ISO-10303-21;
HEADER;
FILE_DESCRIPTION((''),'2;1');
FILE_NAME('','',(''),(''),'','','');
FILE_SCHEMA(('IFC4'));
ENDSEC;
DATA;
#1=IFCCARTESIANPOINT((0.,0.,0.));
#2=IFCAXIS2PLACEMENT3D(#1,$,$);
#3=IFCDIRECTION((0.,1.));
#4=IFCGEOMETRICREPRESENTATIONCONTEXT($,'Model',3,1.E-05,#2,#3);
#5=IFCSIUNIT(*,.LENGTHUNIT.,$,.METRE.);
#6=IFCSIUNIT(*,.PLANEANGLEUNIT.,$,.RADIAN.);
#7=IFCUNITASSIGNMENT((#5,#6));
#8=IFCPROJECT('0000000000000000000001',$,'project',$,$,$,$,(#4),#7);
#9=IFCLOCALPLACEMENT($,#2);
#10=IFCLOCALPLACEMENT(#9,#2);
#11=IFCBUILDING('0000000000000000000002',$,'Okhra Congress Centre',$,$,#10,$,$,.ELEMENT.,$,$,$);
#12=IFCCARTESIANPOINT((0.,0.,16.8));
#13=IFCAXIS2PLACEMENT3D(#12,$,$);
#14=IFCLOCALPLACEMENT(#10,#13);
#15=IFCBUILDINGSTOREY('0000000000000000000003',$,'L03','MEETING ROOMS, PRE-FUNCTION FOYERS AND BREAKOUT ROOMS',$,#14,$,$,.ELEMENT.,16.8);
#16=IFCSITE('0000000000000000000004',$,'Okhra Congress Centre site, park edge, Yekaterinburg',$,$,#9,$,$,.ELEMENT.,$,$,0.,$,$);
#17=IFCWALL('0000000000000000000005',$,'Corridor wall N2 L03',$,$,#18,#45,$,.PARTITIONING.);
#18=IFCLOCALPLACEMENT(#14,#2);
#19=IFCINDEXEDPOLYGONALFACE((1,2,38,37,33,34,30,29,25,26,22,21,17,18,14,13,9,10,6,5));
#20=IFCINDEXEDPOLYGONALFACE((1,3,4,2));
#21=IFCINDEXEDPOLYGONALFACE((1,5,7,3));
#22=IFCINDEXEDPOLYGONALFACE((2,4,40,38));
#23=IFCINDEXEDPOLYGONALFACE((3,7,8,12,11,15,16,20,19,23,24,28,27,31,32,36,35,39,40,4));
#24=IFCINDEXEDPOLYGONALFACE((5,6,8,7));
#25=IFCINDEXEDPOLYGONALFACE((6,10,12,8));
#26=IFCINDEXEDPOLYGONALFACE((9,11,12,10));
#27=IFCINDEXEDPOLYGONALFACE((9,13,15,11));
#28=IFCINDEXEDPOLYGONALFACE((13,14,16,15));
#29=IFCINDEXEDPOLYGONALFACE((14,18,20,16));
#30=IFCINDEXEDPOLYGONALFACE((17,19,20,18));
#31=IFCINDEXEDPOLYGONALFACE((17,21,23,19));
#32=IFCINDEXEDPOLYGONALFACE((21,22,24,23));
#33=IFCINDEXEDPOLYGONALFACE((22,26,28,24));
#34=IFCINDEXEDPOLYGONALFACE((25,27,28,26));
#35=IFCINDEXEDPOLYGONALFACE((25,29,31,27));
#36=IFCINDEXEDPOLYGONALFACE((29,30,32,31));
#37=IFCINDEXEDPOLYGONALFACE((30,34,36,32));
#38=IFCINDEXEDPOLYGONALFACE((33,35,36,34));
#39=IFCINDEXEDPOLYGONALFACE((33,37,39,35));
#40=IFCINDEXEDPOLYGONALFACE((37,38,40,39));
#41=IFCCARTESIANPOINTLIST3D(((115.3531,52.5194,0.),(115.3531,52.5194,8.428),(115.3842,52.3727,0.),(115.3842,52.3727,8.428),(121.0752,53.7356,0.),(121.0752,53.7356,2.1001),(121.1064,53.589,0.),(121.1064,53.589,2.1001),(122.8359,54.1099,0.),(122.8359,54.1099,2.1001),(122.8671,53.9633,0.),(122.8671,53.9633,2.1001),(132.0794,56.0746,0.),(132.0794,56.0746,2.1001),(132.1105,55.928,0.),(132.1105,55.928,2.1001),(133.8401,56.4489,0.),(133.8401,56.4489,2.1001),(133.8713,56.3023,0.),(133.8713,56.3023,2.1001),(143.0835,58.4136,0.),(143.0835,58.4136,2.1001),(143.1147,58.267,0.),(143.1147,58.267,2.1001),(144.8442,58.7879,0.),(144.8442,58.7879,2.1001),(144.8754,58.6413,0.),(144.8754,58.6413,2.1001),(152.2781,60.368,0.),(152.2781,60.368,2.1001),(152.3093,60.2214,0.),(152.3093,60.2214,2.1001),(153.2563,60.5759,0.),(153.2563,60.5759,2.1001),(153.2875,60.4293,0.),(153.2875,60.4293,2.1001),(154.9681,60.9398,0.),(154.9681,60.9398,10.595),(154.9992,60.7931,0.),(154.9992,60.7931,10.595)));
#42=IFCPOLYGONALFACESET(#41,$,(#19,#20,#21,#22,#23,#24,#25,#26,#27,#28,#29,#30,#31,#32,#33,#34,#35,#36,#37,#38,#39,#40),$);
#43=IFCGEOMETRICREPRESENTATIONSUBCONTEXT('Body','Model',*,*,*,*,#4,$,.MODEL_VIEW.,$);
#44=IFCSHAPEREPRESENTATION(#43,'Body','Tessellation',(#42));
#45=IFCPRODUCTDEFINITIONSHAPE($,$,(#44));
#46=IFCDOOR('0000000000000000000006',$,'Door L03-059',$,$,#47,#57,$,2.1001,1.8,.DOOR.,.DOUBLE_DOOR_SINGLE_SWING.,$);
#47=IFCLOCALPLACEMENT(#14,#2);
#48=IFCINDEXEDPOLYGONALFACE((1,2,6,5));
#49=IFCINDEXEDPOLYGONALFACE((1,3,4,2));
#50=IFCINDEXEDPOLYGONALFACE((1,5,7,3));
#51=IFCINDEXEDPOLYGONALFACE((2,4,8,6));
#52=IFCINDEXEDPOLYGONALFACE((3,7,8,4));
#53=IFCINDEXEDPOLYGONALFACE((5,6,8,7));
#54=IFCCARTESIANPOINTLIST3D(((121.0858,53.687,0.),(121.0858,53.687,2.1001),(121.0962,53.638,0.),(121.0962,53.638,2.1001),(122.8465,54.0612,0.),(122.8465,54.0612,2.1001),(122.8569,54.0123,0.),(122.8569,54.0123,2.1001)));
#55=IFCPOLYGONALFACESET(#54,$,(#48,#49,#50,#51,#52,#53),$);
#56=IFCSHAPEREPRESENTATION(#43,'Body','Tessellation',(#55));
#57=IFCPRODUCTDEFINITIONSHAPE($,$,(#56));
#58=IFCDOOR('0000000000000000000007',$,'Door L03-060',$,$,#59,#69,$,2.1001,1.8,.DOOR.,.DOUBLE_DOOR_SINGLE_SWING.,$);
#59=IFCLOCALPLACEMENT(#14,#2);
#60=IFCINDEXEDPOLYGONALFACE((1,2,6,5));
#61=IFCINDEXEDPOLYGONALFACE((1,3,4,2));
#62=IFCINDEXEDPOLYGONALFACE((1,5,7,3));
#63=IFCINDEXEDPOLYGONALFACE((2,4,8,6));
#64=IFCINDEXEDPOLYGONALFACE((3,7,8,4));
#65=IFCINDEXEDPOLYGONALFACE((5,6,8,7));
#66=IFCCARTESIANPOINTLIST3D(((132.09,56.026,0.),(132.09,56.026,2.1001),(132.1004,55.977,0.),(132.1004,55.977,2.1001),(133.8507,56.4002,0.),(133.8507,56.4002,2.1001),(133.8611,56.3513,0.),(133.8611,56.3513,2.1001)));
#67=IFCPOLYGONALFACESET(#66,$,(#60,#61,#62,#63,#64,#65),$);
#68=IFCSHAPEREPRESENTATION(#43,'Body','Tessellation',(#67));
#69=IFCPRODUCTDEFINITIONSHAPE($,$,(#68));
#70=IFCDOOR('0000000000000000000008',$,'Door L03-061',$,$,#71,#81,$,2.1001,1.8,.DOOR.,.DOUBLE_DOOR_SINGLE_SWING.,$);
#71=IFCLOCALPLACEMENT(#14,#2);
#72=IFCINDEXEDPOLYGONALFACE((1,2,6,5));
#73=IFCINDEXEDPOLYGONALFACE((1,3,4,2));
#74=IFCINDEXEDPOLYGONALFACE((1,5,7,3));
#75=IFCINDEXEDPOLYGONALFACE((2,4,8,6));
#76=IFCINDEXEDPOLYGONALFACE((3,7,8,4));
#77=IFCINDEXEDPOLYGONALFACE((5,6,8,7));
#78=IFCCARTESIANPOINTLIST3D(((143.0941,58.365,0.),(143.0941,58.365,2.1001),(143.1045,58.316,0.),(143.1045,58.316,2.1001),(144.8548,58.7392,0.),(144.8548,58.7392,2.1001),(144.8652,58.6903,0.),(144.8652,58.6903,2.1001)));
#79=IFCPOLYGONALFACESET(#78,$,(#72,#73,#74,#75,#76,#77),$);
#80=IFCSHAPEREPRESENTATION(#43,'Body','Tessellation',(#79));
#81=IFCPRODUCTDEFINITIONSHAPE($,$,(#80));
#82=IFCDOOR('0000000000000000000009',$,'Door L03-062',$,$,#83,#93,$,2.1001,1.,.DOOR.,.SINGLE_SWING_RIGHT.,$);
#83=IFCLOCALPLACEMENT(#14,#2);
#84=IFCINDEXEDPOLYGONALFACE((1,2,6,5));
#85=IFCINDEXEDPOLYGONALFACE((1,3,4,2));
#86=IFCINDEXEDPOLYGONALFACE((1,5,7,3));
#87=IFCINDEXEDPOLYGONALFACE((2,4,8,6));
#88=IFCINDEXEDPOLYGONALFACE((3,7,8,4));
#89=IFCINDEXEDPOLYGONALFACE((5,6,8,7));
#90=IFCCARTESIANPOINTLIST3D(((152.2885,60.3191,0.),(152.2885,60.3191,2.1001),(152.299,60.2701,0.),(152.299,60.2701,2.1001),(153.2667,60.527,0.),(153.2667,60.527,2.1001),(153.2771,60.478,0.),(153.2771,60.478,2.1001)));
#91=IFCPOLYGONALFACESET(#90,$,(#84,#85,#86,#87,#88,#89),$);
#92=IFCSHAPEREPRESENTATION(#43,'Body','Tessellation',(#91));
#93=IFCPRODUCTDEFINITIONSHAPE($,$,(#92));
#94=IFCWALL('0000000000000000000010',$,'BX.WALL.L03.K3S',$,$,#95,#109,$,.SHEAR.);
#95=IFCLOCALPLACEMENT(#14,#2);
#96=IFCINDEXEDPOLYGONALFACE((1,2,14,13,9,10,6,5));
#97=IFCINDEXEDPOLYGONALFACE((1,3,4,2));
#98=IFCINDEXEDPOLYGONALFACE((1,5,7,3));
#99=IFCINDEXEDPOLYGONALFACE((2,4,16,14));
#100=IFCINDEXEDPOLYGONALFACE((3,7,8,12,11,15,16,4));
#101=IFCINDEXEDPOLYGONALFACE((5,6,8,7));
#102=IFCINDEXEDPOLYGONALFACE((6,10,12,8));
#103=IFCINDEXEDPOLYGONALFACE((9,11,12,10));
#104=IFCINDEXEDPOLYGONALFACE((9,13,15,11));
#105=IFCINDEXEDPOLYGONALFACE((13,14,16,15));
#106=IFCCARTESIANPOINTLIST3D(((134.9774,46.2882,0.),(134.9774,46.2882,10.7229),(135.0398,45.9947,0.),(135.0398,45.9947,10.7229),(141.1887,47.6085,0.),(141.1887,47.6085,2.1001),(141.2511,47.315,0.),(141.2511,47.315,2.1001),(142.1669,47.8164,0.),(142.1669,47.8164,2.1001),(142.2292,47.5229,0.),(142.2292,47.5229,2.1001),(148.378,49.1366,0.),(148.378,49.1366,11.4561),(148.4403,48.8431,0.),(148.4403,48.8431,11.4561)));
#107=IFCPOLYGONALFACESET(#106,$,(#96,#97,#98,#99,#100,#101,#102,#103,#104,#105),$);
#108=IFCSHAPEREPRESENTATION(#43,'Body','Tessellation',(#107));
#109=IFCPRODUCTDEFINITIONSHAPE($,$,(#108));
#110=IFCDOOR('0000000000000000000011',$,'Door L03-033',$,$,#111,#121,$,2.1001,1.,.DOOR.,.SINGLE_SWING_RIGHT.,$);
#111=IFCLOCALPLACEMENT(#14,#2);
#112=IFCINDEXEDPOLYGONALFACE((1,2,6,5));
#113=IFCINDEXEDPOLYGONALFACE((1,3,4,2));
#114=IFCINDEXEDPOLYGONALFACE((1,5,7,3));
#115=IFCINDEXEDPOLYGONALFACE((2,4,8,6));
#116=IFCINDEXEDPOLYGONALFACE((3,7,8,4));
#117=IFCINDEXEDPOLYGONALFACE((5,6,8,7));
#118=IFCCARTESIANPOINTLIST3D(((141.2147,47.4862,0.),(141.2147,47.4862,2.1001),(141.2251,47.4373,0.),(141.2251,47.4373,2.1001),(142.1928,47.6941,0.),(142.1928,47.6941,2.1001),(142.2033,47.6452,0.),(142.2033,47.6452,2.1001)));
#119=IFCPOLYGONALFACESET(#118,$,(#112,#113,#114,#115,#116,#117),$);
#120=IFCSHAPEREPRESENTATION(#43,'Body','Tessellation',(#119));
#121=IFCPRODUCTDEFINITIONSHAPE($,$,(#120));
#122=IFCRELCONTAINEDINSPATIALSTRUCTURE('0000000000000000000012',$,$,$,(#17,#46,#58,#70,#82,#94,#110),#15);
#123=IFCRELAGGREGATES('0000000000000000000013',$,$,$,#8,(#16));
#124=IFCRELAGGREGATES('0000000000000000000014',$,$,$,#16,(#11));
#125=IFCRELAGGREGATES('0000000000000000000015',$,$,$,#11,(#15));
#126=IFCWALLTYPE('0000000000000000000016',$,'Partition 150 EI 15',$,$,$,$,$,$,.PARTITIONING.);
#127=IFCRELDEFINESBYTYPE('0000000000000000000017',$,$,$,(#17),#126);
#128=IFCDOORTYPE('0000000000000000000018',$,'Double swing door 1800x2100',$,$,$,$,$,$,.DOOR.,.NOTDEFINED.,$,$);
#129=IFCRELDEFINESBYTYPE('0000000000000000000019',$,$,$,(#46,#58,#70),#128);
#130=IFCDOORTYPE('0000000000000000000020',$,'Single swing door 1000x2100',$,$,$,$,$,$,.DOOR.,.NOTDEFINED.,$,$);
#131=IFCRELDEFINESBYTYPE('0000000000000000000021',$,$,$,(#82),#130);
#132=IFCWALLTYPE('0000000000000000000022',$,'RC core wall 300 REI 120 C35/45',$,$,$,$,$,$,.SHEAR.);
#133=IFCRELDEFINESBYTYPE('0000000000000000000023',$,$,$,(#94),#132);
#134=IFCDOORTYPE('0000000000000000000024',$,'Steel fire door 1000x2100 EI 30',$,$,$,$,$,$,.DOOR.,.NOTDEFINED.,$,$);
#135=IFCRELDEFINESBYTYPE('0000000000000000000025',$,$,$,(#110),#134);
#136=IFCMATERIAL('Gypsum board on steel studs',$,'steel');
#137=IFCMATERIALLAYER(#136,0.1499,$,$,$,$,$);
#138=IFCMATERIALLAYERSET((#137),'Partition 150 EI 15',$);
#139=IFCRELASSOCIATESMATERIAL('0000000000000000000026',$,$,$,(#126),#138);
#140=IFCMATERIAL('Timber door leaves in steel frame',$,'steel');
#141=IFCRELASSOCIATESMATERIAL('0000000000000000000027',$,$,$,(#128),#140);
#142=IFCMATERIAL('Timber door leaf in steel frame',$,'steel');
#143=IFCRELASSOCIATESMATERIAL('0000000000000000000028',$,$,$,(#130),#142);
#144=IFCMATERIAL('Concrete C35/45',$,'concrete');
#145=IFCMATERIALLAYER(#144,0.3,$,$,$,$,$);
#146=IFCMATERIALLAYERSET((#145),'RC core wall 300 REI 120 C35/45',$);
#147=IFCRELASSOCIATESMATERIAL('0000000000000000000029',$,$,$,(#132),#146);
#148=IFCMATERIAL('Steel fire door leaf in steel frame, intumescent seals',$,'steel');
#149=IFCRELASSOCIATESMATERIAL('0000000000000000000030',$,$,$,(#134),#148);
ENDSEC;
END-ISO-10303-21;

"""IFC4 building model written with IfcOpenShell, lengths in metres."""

from ifc_helpers import new_model, si_unit, direction, frame, frame_2d, origin, place, context, subcontext, project, spatial, polyline, rectangle, outline, extrude, material, layer, layer_set, type_object, element, fill, save


model = new_model("IFC4")

# Units and contexts
model_context = context("Model", 3, precision=1e-05, world=origin(), true_north=direction((0.0, 1.0)))
body_context = subcontext(model_context, "Body", "Model", "MODEL_VIEW")
ifc_project = project(units=[si_unit("LENGTHUNIT", "METRE"), si_unit("PLANEANGLEUNIT", "RADIAN")], contexts=[model_context])

# Site, building, storey
site_placement = place(None, origin())
site = spatial("IfcSite", under=ifc_project, at=site_placement, Name="Okhra Congress Centre site, park edge, Yekaterinburg", CompositionType="ELEMENT", RefElevation=0.0)
building_placement = place(site_placement, origin())
building = spatial("IfcBuilding", under=site, at=building_placement, Name="Okhra Congress Centre", CompositionType="ELEMENT")
storey_placement = place(building_placement, frame((0.0, 0.0, 16.8)))
storey = spatial("IfcBuildingStorey", under=building, at=storey_placement, Name="L03", Description="MEETING ROOMS, PRE-FUNCTION FOYERS AND BREAKOUT ROOMS", CompositionType="ELEMENT", Elevation=16.8)

# Wall, openings, doors
ifc_material_1 = material(Name="Gypsum board on steel studs", Category="steel")
ifc_layer_1 = layer(ifc_material_1, 0.1499)
ifc_layer_set_1 = layer_set([ifc_layer_1], Name="Partition 150 EI 15")
wall_type_1 = type_object("IfcWallType", Name="Partition 150 EI 15", PredefinedType="PARTITIONING", material=ifc_layer_set_1)
wall_1_placement = place(storey_placement, frame((115.3687, 52.446, 0.0), z_axis=(0.0, 0.0, 1.0), x_axis=(0.978148, 0.207911, 0.0)))
wall_1 = element("IfcWall", 1, at=wall_1_placement, inside=storey, type_object=wall_type_1, Name="Corridor wall N2 L03", PredefinedType="PARTITIONING", context=body_context, shape_type="SweptSolid", body=[
    extrude(outline(polyline([(0.0, 0.0), (40.5, 0.0), (40.5, 10.595), (0.0, 8.428), (0.0, 0.0)])), frame((0.0, 0.075, 0.0), z_axis=(0.0, -1.0, 0.0), x_axis=(1.0, 0.0, 0.0)), (0.0, 0.0, 1.0), 0.1499),
])
opening_1_placement = place(wall_1_placement, frame((5.8501, 0.0, 0.0)))
opening_1 = element("IfcOpeningElement", 2, at=opening_1_placement, cuts=wall_1, PredefinedType="OPENING", context=body_context, shape_type="SweptSolid", body=[
    extrude(rectangle(XDim=1.8, YDim=2.1001, at=frame_2d((0.8999, 1.05))), frame((0.0, 0.085, 0.0), z_axis=(0.0, -1.0, 0.0), x_axis=(1.0, 0.0, 0.0)), (0.0, 0.0, 1.0), 0.1699),
])
opening_2_placement = place(wall_1_placement, frame((17.1001, 0.0, 0.0)))
opening_2 = element("IfcOpeningElement", 3, at=opening_2_placement, cuts=wall_1, PredefinedType="OPENING", context=body_context, shape_type="SweptSolid", body=[
    extrude(rectangle(XDim=1.8, YDim=2.1001, at=frame_2d((0.8999, 1.05))), frame((0.0, 0.085, 0.0), z_axis=(0.0, -1.0, 0.0), x_axis=(1.0, 0.0, 0.0)), (0.0, 0.0, 1.0), 0.1699),
])
opening_3_placement = place(wall_1_placement, frame((28.3501, 0.0, 0.0)))
opening_3 = element("IfcOpeningElement", 4, at=opening_3_placement, cuts=wall_1, PredefinedType="OPENING", context=body_context, shape_type="SweptSolid", body=[
    extrude(rectangle(XDim=1.8, YDim=2.1001, at=frame_2d((0.8999, 1.05))), frame((0.0, 0.085, 0.0), z_axis=(0.0, -1.0, 0.0), x_axis=(1.0, 0.0, 0.0)), (0.0, 0.0, 1.0), 0.1699),
])
opening_4_placement = place(wall_1_placement, frame((37.75, 0.0, 0.0)))
opening_4 = element("IfcOpeningElement", 5, at=opening_4_placement, cuts=wall_1, PredefinedType="OPENING", context=body_context, shape_type="SweptSolid", body=[
    extrude(rectangle(XDim=1.0, YDim=2.1001, at=frame_2d((0.5, 1.05))), frame((0.0, 0.085, 0.0), z_axis=(0.0, -1.0, 0.0), x_axis=(1.0, 0.0, 0.0)), (0.0, 0.0, 1.0), 0.1699),
])
ifc_material_2 = material(Name="Timber door leaves in steel frame", Category="steel")
door_type_1 = type_object("IfcDoorType", Name="Double swing door 1800x2100", OperationType="NOTDEFINED", PredefinedType="DOOR", material=ifc_material_2)
door_1_placement = place(opening_1_placement, frame((1.8, 0.0, 0.0), z_axis=(0.0, 0.0, 1.0), x_axis=(-1.0, 0.0, 0.0)))
door_1 = element("IfcDoor", 6, at=door_1_placement, inside=storey, type_object=door_type_1, Name="Door L03-059", OperationType="DOUBLE_DOOR_SINGLE_SWING", OverallHeight=2.1001, OverallWidth=1.8, PredefinedType="DOOR", context=body_context, shape_type="SweptSolid", body=[
    extrude(rectangle(XDim=1.8, YDim=2.1001, at=frame_2d((0.8999, 1.05))), frame((0.0, 0.0249, 0.0), z_axis=(0.0, -1.0, 0.0), x_axis=(1.0, 0.0, 0.0)), (0.0, 0.0, 1.0), 0.05),
])
fill(opening_1, door_1)
door_2_placement = place(opening_2_placement, frame((1.8, 0.0, 0.0), z_axis=(0.0, 0.0, 1.0), x_axis=(-1.0, 0.0, 0.0)))
door_2 = element("IfcDoor", 7, at=door_2_placement, inside=storey, type_object=door_type_1, Name="Door L03-060", OperationType="DOUBLE_DOOR_SINGLE_SWING", OverallHeight=2.1001, OverallWidth=1.8, PredefinedType="DOOR", context=body_context, shape_type="SweptSolid", body=[
    extrude(rectangle(XDim=1.8, YDim=2.1001, at=frame_2d((0.8999, 1.05))), frame((0.0, 0.0249, 0.0), z_axis=(0.0, -1.0, 0.0), x_axis=(1.0, 0.0, 0.0)), (0.0, 0.0, 1.0), 0.05),
])
fill(opening_2, door_2)
door_3_placement = place(opening_3_placement, frame((1.8, 0.0, 0.0), z_axis=(0.0, 0.0, 1.0), x_axis=(-1.0, 0.0, 0.0)))
door_3 = element("IfcDoor", 8, at=door_3_placement, inside=storey, type_object=door_type_1, Name="Door L03-061", OperationType="DOUBLE_DOOR_SINGLE_SWING", OverallHeight=2.1001, OverallWidth=1.8, PredefinedType="DOOR", context=body_context, shape_type="SweptSolid", body=[
    extrude(rectangle(XDim=1.8, YDim=2.1001, at=frame_2d((0.8999, 1.05))), frame((0.0, 0.0249, 0.0), z_axis=(0.0, -1.0, 0.0), x_axis=(1.0, 0.0, 0.0)), (0.0, 0.0, 1.0), 0.05),
])
fill(opening_3, door_3)
ifc_material_3 = material(Name="Timber door leaf in steel frame", Category="steel")
door_type_2 = type_object("IfcDoorType", Name="Single swing door 1000x2100", OperationType="NOTDEFINED", PredefinedType="DOOR", material=ifc_material_3)
door_4_placement = place(opening_4_placement, origin())
door_4 = element("IfcDoor", 9, at=door_4_placement, inside=storey, type_object=door_type_2, Name="Door L03-062", OperationType="SINGLE_SWING_RIGHT", OverallHeight=2.1001, OverallWidth=1.0, PredefinedType="DOOR", context=body_context, shape_type="SweptSolid", body=[
    extrude(rectangle(XDim=1.0, YDim=2.1001, at=frame_2d((0.5, 1.05))), frame((0.0, 0.0249, 0.0), z_axis=(0.0, -1.0, 0.0), x_axis=(1.0, 0.0, 0.0)), (0.0, 0.0, 1.0), 0.05),
])
fill(opening_4, door_4)

# Wall, opening, door
ifc_material_4 = material(Name="Concrete C35/45", Category="concrete")
ifc_layer_2 = layer(ifc_material_4, 0.3)
ifc_layer_set_2 = layer_set([ifc_layer_2], Name="RC core wall 300 REI 120 C35/45")
wall_type_2 = type_object("IfcWallType", Name="RC core wall 300 REI 120 C35/45", PredefinedType="SHEAR", material=ifc_layer_set_2)
wall_2_placement = place(storey_placement, frame((135.0085, 46.1416, 0.0), z_axis=(0.0, 0.0, 1.0), x_axis=(0.978148, 0.207911, 0.0)))
wall_2 = element("IfcWall", 10, at=wall_2_placement, inside=storey, type_object=wall_type_2, Name="BX.WALL.L03.K3S", PredefinedType="SHEAR", context=body_context, shape_type="SweptSolid", body=[
    extrude(outline(polyline([(0.0, 0.0), (13.7, 0.0), (13.7, 11.4561), (0.0, 10.7229), (0.0, 0.0)])), frame((0.0, 0.1499, 0.0), z_axis=(0.0, -1.0, 0.0), x_axis=(1.0, 0.0, 0.0)), (0.0, 0.0, 1.0), 0.3),
])
opening_5_placement = place(wall_2_placement, frame((6.3501, 0.0, 0.0)))
opening_5 = element("IfcOpeningElement", 11, at=opening_5_placement, cuts=wall_2, PredefinedType="OPENING", context=body_context, shape_type="SweptSolid", body=[
    extrude(rectangle(XDim=1.0, YDim=2.1001, at=frame_2d((0.5, 1.05))), frame((0.0, 0.1599, 0.0), z_axis=(0.0, -1.0, 0.0), x_axis=(1.0, 0.0, 0.0)), (0.0, 0.0, 1.0), 0.3201),
])
ifc_material_5 = material(Name="Steel fire door leaf in steel frame, intumescent seals", Category="steel")
door_type_3 = type_object("IfcDoorType", Name="Steel fire door 1000x2100 EI 30", OperationType="NOTDEFINED", PredefinedType="DOOR", material=ifc_material_5)
door_5_placement = place(opening_5_placement, origin())
door_5 = element("IfcDoor", 12, at=door_5_placement, inside=storey, type_object=door_type_3, Name="Door L03-033", OperationType="SINGLE_SWING_RIGHT", OverallHeight=2.1001, OverallWidth=1.0, PredefinedType="DOOR", context=body_context, shape_type="SweptSolid", body=[
    extrude(rectangle(XDim=1.0, YDim=2.1001, at=frame_2d((0.5, 1.05))), frame((0.0, 0.0249, 0.0), z_axis=(0.0, -1.0, 0.0), x_axis=(1.0, 0.0, 0.0)), (0.0, 0.0, 1.0), 0.05),
])
fill(opening_5, door_5)

save(model, "model.ifc")
